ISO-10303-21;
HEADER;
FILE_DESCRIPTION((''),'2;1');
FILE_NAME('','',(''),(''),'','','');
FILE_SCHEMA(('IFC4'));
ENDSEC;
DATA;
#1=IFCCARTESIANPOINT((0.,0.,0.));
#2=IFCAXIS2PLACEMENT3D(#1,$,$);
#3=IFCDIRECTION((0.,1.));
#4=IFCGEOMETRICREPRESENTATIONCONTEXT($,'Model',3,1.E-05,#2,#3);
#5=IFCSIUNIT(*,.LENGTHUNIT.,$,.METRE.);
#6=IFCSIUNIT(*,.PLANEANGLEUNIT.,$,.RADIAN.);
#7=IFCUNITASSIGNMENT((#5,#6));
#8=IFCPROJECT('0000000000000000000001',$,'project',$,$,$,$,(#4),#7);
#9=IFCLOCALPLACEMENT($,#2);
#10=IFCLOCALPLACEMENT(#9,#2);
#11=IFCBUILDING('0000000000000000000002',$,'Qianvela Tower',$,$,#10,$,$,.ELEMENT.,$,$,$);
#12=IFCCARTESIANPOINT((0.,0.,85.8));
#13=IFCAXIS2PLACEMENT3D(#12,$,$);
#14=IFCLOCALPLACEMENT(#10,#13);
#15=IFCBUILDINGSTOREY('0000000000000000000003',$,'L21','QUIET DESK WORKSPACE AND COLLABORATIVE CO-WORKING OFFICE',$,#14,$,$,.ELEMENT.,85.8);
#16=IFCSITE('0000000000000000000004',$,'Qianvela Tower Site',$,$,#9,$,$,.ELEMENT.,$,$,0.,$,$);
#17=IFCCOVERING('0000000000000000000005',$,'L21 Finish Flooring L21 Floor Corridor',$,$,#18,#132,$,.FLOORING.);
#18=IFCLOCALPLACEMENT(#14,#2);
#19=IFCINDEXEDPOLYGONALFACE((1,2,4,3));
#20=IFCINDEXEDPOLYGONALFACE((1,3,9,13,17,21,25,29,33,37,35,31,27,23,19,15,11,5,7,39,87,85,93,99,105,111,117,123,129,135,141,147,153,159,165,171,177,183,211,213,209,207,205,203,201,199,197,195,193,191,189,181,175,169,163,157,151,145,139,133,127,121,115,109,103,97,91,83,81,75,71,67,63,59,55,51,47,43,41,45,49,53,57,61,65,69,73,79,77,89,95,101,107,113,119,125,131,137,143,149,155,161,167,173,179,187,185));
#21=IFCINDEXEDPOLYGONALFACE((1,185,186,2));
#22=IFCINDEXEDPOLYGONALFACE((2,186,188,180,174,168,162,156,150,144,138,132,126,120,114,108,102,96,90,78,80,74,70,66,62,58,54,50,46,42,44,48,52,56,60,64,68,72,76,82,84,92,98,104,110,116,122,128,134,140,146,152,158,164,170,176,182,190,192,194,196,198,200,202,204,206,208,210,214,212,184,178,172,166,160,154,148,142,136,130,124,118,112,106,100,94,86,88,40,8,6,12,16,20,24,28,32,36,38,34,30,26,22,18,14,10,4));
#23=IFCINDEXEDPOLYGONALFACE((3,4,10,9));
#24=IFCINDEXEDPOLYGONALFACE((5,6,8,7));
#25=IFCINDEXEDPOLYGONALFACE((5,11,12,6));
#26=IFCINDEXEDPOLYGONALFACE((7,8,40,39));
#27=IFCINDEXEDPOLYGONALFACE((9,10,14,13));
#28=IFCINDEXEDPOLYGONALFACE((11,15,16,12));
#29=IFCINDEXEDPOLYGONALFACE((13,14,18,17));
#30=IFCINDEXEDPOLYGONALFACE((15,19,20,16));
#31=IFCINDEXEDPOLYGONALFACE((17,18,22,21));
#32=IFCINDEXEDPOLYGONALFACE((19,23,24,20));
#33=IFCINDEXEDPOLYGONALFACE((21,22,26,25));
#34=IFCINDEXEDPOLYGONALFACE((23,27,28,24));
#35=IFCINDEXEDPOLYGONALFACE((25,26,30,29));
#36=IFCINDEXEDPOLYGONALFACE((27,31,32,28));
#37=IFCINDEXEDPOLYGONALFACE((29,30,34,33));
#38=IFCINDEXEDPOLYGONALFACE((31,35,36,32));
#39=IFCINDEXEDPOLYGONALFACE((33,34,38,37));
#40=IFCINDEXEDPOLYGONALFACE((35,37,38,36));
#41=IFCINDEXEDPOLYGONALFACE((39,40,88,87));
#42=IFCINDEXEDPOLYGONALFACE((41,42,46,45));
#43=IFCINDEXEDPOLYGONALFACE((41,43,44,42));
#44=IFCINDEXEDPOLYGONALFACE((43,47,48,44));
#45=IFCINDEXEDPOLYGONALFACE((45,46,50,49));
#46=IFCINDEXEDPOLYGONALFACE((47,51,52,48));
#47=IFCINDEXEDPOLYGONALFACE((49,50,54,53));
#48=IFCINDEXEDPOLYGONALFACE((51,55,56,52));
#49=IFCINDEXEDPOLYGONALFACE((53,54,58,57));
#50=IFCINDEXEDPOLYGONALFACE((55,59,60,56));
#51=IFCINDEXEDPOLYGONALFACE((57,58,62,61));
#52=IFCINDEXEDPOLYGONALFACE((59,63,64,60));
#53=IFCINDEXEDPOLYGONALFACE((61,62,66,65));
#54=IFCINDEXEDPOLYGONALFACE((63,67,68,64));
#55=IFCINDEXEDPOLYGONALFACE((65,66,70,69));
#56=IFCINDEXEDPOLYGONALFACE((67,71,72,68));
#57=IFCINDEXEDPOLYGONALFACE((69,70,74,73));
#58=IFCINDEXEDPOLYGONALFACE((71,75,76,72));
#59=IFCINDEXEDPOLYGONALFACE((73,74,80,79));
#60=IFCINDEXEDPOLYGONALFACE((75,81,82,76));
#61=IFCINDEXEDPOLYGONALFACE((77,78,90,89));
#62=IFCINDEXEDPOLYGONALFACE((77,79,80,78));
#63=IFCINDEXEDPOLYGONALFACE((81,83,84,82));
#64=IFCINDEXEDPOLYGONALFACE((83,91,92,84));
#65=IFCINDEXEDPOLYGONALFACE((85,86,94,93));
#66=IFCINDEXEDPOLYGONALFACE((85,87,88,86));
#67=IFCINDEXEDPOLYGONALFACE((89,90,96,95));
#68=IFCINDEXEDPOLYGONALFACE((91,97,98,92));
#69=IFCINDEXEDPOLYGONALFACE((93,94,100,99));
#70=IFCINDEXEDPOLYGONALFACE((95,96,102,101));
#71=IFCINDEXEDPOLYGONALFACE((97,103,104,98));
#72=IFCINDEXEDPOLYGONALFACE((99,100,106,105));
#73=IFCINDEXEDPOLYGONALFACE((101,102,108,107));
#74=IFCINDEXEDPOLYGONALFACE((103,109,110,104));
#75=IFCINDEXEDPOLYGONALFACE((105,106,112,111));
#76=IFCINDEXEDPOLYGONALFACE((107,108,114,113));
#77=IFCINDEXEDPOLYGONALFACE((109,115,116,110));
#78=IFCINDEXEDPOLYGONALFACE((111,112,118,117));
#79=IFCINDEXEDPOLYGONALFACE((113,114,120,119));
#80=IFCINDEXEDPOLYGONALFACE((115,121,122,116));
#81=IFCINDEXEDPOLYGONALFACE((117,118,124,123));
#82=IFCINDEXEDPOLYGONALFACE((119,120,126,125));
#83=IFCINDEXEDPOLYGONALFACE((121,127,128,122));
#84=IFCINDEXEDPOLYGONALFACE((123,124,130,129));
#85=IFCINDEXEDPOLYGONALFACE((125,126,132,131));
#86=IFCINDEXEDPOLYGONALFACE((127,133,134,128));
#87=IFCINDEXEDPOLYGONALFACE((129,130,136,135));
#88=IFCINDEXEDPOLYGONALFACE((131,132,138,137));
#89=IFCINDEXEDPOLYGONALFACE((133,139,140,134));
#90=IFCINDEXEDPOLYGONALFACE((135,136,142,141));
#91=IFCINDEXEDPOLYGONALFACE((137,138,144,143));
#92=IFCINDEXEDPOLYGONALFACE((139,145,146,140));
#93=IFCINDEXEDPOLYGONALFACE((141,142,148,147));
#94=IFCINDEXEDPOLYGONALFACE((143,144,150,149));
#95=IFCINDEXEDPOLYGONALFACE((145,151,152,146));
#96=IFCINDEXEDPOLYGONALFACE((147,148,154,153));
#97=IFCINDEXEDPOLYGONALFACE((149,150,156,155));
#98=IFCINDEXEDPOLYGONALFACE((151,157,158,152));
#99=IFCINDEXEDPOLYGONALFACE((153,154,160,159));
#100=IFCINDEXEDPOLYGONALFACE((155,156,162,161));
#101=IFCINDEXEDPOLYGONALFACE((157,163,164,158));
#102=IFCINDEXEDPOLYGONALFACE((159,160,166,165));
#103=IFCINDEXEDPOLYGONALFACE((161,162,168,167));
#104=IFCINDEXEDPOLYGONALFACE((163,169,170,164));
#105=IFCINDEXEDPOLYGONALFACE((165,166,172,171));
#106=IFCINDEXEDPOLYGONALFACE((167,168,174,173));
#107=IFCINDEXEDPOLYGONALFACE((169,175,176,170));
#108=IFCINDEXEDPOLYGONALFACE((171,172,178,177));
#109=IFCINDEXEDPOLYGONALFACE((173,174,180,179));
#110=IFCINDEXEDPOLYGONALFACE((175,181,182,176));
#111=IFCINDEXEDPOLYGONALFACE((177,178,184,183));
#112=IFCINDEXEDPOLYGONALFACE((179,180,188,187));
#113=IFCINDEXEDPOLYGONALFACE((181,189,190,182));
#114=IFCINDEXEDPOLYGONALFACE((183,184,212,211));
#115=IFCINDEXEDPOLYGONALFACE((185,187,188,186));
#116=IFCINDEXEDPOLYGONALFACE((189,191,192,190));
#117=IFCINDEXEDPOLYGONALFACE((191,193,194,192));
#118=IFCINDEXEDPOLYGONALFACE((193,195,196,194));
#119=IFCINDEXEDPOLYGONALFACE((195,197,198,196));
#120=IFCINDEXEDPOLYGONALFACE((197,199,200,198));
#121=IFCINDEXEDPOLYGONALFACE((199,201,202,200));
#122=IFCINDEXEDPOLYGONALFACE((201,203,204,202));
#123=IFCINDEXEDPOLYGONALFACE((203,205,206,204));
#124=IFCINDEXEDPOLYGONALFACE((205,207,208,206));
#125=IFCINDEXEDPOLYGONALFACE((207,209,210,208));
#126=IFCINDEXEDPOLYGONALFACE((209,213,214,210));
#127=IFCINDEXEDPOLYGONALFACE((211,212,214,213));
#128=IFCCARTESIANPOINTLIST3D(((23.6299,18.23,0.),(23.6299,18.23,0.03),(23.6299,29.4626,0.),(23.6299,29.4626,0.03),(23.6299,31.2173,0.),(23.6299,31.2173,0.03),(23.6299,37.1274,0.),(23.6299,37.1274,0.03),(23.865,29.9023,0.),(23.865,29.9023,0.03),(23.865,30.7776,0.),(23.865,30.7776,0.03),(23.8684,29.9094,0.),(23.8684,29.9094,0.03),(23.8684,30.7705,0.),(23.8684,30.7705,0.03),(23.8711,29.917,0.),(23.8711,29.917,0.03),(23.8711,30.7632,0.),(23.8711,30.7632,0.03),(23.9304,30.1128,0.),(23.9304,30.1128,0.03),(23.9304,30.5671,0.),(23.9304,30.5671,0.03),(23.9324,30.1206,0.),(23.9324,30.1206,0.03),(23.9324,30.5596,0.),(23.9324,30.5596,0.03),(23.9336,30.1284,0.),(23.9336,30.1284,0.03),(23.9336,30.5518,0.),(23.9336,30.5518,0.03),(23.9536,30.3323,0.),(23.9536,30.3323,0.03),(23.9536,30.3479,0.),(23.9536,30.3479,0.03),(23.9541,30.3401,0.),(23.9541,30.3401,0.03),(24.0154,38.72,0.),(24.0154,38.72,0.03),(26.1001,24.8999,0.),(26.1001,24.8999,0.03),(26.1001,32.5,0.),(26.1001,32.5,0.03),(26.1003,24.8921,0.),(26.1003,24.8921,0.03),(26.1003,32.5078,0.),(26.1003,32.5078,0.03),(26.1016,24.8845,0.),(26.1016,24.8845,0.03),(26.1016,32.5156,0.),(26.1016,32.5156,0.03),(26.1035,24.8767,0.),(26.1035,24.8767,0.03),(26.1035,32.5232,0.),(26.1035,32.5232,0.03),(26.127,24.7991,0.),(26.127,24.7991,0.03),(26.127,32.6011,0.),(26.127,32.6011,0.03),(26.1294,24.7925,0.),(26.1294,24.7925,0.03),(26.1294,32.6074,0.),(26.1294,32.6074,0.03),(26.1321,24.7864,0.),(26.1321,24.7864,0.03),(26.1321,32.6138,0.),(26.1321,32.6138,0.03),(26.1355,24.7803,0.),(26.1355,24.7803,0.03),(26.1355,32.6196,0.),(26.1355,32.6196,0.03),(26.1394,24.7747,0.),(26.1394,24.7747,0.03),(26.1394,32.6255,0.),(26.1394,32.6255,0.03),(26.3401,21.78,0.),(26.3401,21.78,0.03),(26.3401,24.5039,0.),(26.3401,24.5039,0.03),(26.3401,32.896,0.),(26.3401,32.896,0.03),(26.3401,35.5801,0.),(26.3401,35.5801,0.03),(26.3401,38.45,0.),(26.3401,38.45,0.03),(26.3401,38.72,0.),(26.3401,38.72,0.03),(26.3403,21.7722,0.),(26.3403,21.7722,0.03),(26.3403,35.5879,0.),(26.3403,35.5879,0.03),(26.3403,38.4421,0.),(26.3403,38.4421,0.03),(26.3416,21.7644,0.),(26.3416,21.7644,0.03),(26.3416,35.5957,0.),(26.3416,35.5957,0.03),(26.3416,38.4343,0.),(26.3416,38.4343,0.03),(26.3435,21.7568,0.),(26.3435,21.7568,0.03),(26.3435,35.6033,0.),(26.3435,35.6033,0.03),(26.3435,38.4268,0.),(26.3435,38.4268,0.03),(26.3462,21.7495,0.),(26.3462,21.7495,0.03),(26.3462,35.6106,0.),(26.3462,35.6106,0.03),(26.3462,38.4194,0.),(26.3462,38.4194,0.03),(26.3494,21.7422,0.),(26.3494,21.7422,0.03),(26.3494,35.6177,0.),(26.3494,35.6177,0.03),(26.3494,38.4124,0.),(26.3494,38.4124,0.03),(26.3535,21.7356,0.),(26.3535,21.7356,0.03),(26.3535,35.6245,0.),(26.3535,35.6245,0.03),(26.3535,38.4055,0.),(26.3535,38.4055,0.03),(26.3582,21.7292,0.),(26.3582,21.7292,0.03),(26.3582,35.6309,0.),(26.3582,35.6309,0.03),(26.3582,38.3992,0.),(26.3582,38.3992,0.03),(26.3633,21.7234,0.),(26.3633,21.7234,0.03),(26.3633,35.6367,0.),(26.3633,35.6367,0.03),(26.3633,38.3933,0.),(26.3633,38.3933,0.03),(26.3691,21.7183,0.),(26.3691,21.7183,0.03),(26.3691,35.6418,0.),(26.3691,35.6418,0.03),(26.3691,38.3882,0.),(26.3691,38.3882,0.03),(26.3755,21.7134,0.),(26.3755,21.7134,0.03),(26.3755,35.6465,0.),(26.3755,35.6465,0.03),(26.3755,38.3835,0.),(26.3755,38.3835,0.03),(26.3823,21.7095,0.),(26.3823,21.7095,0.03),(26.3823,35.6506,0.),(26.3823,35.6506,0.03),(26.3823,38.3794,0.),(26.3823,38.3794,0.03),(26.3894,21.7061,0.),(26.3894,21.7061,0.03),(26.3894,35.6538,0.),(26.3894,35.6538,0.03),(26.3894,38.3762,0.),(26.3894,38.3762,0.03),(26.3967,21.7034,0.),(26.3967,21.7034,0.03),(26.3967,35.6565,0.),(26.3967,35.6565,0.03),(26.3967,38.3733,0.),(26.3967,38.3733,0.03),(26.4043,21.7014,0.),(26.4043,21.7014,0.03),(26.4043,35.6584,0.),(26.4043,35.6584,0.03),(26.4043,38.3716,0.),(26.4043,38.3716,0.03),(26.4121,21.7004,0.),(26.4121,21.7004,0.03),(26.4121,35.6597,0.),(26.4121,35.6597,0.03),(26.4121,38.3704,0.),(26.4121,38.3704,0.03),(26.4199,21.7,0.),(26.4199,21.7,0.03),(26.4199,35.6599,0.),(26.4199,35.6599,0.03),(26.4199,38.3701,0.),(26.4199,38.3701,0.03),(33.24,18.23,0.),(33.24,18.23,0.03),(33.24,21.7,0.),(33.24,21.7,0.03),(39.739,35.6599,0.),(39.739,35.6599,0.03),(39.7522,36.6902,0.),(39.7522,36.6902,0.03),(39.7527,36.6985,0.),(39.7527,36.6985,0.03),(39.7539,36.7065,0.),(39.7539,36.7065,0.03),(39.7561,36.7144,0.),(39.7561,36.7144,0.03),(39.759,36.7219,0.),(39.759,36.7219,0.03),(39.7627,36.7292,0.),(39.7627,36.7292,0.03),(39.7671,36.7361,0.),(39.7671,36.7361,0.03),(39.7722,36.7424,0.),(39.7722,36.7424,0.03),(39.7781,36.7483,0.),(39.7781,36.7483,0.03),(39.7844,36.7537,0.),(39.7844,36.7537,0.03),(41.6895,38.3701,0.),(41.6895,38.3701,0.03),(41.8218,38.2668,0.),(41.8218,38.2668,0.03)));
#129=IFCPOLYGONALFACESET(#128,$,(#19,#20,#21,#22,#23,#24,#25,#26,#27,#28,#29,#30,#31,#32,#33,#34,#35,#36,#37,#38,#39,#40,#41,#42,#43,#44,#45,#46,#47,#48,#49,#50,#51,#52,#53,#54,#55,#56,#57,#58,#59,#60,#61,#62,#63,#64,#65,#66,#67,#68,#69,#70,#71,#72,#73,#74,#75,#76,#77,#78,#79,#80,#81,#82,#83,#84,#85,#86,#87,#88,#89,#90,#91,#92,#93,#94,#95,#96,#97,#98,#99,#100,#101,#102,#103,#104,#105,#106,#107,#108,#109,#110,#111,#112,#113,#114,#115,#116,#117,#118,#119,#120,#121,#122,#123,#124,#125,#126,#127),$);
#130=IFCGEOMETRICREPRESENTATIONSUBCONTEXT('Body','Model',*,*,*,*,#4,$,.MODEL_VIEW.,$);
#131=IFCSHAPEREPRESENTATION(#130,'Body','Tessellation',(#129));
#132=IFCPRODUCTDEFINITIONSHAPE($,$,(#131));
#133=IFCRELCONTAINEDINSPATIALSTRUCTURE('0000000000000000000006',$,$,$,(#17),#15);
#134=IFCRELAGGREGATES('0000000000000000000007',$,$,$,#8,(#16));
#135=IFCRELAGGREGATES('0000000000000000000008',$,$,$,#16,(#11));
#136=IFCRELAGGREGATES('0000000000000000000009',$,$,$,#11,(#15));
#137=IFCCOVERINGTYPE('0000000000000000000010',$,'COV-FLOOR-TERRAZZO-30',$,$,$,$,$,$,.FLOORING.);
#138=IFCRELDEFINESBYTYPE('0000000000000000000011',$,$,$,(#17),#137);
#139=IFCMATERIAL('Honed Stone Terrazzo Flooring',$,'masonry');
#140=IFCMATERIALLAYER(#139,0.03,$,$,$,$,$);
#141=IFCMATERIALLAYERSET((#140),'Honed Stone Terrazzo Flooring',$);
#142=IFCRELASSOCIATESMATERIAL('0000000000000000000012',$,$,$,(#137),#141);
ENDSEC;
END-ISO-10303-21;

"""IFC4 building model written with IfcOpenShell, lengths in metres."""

from ifc_helpers import new_model, si_unit, direction, frame, origin, place, context, subcontext, project, spatial, polyline, outline, extrude, material, layer, layer_set, type_object, element, save


model = new_model("IFC4")

# Units and contexts
model_context = context("Model", 3, precision=1e-05, world=origin(), true_north=direction((0.0, 1.0)))
body_context = subcontext(model_context, "Body", "Model", "MODEL_VIEW")
ifc_project = project(units=[si_unit("LENGTHUNIT", "METRE"), si_unit("PLANEANGLEUNIT", "RADIAN")], contexts=[model_context])

# Site, building, storey
site_placement = place(None, origin())
site = spatial("IfcSite", under=ifc_project, at=site_placement, Name="Qianvela Tower Site", CompositionType="ELEMENT", RefElevation=0.0)
building_placement = place(site_placement, origin())
building = spatial("IfcBuilding", under=site, at=building_placement, Name="Qianvela Tower", CompositionType="ELEMENT")
storey_placement = place(building_placement, frame((0.0, 0.0, 85.8)))
storey = spatial("IfcBuildingStorey", under=building, at=storey_placement, Name="L21", Description="QUIET DESK WORKSPACE AND COLLABORATIVE CO-WORKING OFFICE", CompositionType="ELEMENT", Elevation=85.8)

# Covering
ifc_material_1 = material(Name="Honed Stone Terrazzo Flooring", Category="masonry")
ifc_layer_1 = layer(ifc_material_1, 0.03)
ifc_layer_set_1 = layer_set([ifc_layer_1], Name="Honed Stone Terrazzo Flooring")
covering_type_1 = type_object("IfcCoveringType", Name="COV-FLOOR-TERRAZZO-30", PredefinedType="FLOORING", material=ifc_layer_set_1)
covering_1_placement = place(storey_placement, origin())
element("IfcCovering", 1, at=covering_1_placement, inside=storey, type_object=covering_type_1, Name="L21 Finish Flooring L21 Floor Corridor", PredefinedType="FLOORING", context=body_context, shape_type="SweptSolid", body=[
    extrude(outline(polyline([(23.8711, 30.7632), (23.8684, 30.7705), (23.865, 30.7776), (23.6299, 31.2173), (23.6299, 37.1274), (24.0154, 38.72), (26.3401, 38.72), (26.3401, 38.45), (26.3403, 38.4421), (26.3416, 38.4343), (26.3435, 38.4268), (26.3462, 38.4194), (26.3494, 38.4124), (26.3535, 38.4055), (26.3582, 38.3992), (26.3633, 38.3933), (26.3691, 38.3882), (26.3755, 38.3835), (26.3823, 38.3794), (26.3894, 38.3762), (26.3967, 38.3733), (26.4043, 38.3716), (26.4121, 38.3704), (26.4199, 38.3701), (41.6895, 38.3701), (41.8218, 38.2668), (39.7844, 36.7537), (39.7781, 36.7483), (39.7722, 36.7424), (39.7671, 36.7361), (39.7627, 36.7292), (39.759, 36.7219), (39.7561, 36.7144), (39.7539, 36.7065), (39.7527, 36.6985), (39.7522, 36.6902), (39.739, 35.6599), (26.4199, 35.6599), (26.4121, 35.6597), (26.4043, 35.6584), (26.3967, 35.6565), (26.3894, 35.6538), (26.3823, 35.6506), (26.3755, 35.6465), (26.3691, 35.6418), (26.3633, 35.6367), (26.3582, 35.6309), (26.3535, 35.6245), (26.3494, 35.6177), (26.3462, 35.6106), (26.3435, 35.6033), (26.3416, 35.5957), (26.3403, 35.5879), (26.3401, 35.5801), (26.3401, 32.896), (26.1394, 32.6255), (26.1355, 32.6196), (26.1321, 32.6138), (26.1294, 32.6074), (26.127, 32.6011), (26.1035, 32.5232), (26.1016, 32.5156), (26.1003, 32.5078), (26.1001, 32.5), (26.1001, 24.8999), (26.1003, 24.8921), (26.1016, 24.8845), (26.1035, 24.8767), (26.127, 24.7991), (26.1294, 24.7925), (26.1321, 24.7864), (26.1355, 24.7803), (26.1394, 24.7747), (26.3401, 24.5039), (26.3401, 21.78), (26.3403, 21.7722), (26.3416, 21.7644), (26.3435, 21.7568), (26.3462, 21.7495), (26.3494, 21.7422), (26.3535, 21.7356), (26.3582, 21.7292), (26.3633, 21.7234), (26.3691, 21.7183), (26.3755, 21.7134), (26.3823, 21.7095), (26.3894, 21.7061), (26.3967, 21.7034), (26.4043, 21.7014), (26.4121, 21.7004), (26.4199, 21.7), (33.24, 21.7), (33.24, 18.23), (23.6299, 18.23), (23.6299, 29.4626), (23.865, 29.9023), (23.8684, 29.9094), (23.8711, 29.917), (23.9304, 30.1128), (23.9324, 30.1206), (23.9336, 30.1284), (23.9536, 30.3323), (23.9541, 30.3401), (23.9536, 30.3479), (23.9336, 30.5518), (23.9324, 30.5596), (23.9304, 30.5671), (23.8711, 30.7632)])), origin(), (0.0, 0.0, 1.0), 0.03),
])

save(model, "model.ifc")
